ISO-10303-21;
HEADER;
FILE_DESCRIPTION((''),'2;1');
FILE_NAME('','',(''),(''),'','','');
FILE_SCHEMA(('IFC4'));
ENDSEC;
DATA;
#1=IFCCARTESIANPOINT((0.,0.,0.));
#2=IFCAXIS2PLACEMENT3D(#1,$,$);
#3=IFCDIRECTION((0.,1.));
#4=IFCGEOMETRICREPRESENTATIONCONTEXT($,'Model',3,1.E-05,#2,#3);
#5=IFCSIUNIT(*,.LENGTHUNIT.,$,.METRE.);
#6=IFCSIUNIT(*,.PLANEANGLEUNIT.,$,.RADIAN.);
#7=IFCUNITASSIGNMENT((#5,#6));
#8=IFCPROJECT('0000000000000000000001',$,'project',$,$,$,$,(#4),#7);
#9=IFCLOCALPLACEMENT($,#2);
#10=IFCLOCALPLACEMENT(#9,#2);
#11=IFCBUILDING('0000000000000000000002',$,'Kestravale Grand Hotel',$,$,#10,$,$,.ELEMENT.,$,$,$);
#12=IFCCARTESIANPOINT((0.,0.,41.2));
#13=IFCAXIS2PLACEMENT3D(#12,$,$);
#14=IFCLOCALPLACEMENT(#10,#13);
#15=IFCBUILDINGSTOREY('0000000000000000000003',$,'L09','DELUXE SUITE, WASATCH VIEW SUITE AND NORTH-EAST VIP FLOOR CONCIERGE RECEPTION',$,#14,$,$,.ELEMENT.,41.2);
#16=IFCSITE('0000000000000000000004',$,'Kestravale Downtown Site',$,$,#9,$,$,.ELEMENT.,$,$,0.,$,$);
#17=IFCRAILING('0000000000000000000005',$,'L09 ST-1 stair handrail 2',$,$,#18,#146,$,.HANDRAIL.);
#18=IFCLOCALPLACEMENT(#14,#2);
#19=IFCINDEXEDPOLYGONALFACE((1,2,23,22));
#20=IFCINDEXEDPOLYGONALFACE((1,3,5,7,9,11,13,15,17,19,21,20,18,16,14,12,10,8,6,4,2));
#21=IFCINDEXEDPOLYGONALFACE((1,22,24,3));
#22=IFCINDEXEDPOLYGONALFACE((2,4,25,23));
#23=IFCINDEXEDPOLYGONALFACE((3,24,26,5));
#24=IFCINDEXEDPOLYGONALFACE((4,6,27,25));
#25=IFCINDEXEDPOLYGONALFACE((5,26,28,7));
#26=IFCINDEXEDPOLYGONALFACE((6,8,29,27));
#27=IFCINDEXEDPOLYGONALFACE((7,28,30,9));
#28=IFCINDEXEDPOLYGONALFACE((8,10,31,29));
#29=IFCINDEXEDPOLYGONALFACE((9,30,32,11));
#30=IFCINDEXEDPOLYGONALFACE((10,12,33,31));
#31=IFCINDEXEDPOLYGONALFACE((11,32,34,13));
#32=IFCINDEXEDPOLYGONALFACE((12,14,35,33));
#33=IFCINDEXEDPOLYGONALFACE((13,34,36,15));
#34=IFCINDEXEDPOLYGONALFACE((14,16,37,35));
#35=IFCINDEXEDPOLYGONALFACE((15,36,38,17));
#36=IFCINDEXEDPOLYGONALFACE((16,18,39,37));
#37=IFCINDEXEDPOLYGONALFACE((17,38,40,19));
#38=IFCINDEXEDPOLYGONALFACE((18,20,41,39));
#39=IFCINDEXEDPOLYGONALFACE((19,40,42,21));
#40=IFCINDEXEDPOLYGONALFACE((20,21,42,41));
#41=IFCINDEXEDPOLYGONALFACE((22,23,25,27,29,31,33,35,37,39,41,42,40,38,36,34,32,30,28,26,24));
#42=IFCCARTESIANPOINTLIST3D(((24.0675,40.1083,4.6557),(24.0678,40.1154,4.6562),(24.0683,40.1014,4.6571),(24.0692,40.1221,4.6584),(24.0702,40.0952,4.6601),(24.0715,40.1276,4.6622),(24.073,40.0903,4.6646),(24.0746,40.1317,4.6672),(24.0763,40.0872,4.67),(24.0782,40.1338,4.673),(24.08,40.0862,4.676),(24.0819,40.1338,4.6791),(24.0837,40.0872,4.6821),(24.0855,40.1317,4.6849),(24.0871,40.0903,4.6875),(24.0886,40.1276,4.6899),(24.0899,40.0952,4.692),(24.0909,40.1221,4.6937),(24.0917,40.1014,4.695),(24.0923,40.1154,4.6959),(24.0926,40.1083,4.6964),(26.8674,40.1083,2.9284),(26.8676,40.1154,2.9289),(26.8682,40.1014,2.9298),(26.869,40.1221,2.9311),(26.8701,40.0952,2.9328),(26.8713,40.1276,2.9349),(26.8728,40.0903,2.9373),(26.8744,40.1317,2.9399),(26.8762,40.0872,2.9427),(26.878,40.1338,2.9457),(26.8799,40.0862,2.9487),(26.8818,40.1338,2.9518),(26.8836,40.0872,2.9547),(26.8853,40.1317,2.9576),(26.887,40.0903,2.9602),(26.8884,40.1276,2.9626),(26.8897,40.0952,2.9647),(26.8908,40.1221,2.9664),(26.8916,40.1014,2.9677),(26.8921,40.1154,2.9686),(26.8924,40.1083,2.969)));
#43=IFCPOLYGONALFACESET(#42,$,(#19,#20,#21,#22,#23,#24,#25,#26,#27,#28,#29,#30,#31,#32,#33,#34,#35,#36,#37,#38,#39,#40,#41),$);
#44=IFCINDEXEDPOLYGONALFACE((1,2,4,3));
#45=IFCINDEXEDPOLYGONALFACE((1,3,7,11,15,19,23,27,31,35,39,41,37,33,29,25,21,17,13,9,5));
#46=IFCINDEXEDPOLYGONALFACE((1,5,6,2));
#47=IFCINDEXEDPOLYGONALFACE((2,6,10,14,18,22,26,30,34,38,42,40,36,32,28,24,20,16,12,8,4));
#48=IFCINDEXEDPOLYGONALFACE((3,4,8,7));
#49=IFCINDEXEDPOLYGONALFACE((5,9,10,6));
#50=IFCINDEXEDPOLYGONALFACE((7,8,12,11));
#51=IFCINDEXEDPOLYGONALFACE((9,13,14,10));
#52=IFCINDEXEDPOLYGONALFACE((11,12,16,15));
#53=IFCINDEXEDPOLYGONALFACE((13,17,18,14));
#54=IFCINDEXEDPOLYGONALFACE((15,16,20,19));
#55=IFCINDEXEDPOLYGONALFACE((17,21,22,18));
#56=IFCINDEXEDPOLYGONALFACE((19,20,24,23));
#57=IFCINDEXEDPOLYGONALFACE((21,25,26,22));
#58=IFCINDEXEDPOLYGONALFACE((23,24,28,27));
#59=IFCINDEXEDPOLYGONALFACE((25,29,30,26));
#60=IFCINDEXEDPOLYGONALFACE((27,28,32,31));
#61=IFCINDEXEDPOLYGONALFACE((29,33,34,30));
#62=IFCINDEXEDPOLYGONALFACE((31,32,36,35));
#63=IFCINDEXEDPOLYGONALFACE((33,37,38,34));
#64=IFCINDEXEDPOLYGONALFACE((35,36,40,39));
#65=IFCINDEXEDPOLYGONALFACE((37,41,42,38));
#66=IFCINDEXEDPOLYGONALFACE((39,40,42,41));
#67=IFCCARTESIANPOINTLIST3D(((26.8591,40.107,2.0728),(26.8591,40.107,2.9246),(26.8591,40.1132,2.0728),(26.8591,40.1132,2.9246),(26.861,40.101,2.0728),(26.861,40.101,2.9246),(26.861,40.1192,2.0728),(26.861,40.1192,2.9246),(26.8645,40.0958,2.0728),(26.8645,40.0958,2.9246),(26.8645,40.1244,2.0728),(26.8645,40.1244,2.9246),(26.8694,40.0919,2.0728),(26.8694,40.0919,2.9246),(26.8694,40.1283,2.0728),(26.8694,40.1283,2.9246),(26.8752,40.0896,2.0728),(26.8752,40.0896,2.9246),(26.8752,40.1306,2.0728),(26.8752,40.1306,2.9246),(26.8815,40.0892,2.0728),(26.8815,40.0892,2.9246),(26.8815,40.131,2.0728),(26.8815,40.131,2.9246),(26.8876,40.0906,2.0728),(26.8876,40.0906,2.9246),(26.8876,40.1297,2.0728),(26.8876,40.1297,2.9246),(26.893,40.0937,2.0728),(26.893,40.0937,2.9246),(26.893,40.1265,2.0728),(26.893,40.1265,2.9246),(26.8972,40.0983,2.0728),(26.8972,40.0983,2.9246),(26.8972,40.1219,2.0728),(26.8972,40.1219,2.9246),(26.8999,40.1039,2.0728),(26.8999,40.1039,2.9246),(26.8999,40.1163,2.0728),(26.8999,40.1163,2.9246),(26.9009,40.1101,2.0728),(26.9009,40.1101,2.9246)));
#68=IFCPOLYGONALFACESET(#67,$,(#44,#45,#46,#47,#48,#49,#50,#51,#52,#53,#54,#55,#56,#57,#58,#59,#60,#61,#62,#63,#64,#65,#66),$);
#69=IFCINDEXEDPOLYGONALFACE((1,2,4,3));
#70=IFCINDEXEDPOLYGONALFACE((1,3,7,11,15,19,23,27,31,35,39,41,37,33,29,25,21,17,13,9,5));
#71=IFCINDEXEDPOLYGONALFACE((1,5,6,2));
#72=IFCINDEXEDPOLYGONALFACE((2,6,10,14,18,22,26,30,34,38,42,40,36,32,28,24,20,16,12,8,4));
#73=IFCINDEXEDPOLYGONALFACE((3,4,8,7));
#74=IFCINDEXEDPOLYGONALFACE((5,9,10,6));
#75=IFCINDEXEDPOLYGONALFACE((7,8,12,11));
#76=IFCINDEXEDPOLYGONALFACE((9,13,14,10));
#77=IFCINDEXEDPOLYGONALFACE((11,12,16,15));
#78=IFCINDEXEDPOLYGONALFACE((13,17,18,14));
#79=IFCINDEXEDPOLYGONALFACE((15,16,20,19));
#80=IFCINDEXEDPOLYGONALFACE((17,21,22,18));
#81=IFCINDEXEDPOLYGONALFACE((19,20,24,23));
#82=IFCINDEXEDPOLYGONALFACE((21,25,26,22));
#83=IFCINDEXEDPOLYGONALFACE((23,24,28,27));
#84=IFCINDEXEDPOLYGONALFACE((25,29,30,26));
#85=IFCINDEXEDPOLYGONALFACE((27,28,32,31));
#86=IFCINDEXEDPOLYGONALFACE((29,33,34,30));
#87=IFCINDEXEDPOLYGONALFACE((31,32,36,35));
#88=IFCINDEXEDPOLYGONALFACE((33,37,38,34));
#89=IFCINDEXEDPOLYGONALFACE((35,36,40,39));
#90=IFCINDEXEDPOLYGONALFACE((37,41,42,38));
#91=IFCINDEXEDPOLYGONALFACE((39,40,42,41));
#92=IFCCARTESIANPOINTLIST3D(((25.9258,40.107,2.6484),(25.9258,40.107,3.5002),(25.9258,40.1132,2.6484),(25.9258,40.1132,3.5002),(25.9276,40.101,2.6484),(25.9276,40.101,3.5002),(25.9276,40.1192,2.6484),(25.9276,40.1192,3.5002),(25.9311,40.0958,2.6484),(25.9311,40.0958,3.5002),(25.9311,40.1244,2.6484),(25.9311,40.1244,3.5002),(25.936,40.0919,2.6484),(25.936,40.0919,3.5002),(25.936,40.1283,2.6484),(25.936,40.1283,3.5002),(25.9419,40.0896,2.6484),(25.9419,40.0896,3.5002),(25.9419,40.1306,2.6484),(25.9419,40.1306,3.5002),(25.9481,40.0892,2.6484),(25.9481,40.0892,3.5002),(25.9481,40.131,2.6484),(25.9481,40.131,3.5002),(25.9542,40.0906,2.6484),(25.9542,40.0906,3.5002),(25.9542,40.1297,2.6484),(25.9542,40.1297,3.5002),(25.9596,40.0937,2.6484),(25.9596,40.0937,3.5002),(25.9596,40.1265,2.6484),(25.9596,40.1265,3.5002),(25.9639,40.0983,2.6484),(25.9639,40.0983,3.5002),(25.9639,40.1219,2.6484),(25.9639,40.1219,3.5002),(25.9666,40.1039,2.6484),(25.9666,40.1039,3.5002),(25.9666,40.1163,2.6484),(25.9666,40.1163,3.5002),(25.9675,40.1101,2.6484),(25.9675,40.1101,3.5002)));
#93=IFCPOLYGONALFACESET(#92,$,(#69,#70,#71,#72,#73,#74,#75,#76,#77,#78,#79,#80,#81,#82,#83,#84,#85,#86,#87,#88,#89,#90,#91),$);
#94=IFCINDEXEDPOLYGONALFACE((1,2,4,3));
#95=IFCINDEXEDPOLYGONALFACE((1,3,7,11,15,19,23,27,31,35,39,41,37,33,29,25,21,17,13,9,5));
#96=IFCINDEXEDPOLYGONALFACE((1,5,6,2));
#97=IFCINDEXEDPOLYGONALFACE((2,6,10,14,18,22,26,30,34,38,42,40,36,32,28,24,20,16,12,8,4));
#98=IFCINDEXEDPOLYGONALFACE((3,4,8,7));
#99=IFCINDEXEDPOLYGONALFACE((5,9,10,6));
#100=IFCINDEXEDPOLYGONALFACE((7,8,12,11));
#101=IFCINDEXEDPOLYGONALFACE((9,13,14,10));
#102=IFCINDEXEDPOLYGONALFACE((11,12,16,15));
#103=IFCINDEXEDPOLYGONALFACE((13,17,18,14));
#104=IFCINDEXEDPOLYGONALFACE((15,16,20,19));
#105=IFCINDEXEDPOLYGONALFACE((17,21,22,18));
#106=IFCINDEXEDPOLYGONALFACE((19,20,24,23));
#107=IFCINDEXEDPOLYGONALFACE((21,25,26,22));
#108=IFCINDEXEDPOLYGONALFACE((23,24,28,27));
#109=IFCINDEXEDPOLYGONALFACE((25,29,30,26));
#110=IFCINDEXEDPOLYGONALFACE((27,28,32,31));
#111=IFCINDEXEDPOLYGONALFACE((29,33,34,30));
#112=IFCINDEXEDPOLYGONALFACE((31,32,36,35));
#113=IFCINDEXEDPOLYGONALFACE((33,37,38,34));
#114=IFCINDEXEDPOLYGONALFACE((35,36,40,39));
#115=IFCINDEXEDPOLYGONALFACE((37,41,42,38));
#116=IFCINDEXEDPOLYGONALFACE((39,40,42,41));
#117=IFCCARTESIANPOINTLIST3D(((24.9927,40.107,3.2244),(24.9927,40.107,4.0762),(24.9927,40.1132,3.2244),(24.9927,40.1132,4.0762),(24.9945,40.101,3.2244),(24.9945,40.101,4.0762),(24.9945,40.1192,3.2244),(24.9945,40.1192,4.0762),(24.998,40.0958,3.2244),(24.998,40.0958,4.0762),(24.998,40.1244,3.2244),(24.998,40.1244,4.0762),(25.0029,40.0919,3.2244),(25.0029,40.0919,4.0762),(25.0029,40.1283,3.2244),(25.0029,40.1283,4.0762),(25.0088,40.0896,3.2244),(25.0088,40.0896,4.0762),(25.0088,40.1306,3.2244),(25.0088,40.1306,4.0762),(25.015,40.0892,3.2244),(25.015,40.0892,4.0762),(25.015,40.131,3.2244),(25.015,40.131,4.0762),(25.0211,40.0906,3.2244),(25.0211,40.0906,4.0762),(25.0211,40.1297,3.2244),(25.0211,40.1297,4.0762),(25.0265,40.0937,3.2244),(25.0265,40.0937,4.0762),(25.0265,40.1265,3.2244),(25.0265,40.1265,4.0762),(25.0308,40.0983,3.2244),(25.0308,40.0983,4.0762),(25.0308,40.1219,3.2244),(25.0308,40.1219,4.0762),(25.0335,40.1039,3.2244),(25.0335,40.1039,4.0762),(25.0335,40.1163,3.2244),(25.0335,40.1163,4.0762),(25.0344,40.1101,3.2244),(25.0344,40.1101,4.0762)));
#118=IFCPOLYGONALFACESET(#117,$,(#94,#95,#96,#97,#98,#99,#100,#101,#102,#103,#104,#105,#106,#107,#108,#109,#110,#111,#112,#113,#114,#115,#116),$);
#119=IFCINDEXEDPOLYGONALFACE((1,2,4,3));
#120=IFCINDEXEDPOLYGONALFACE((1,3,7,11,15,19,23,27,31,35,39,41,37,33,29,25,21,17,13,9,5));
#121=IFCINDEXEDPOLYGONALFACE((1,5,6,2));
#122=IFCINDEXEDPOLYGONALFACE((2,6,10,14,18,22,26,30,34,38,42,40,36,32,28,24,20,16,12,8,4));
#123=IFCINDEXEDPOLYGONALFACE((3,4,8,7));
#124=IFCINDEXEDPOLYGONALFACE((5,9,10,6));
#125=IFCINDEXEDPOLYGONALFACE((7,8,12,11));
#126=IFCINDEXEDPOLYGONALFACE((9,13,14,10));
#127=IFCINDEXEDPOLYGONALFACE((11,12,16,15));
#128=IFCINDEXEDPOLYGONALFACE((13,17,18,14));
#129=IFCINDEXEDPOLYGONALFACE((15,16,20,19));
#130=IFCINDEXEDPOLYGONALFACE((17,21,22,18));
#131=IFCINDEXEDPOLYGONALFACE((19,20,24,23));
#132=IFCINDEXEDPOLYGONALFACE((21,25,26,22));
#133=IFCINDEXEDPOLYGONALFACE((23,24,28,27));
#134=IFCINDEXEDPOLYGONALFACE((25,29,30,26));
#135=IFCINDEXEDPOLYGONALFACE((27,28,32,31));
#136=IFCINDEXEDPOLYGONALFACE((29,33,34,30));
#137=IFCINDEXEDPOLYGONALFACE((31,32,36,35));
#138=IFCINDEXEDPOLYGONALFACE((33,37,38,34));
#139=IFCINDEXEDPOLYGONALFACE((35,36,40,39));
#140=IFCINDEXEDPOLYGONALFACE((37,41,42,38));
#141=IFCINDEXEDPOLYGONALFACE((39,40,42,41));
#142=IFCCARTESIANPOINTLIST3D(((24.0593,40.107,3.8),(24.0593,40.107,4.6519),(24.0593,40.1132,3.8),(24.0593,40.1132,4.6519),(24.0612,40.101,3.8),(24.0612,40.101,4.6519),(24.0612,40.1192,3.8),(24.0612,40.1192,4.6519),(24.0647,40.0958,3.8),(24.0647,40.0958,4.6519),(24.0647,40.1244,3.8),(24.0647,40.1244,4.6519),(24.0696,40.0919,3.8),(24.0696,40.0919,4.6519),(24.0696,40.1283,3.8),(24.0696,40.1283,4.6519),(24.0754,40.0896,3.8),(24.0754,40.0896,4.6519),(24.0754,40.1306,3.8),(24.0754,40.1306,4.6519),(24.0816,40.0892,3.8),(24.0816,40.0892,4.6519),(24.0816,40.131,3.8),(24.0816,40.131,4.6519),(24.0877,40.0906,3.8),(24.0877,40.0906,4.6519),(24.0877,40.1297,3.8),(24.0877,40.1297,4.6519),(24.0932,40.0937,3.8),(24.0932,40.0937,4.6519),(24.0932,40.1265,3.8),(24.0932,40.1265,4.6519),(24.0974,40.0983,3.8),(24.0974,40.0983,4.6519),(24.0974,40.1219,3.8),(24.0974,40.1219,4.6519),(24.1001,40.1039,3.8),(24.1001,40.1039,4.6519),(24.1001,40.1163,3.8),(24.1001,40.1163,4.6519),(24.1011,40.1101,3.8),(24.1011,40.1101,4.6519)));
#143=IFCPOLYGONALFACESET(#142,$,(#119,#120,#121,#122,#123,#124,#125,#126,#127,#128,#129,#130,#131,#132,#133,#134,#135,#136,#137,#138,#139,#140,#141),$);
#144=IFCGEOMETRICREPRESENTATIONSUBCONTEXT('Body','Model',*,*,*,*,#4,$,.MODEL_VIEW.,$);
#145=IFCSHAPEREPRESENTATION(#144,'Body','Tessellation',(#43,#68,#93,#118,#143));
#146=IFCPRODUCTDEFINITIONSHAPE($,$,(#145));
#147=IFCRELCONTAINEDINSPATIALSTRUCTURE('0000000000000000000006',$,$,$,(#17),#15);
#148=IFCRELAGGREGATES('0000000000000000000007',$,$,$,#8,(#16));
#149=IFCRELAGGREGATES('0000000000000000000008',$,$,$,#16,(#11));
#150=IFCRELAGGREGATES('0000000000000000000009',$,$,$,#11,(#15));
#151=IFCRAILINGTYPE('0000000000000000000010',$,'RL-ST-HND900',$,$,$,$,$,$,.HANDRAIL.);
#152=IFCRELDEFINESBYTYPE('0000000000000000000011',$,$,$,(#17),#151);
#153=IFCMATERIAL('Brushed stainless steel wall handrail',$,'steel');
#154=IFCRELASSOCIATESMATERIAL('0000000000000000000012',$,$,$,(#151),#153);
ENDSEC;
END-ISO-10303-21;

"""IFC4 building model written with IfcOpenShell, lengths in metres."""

from ifc_helpers import new_model, si_unit, direction, frame, origin, origin_2d, place, context, subcontext, project, spatial, circle, extrude, material, type_object, element, save


model = new_model("IFC4")

# Units and contexts
model_context = context("Model", 3, precision=1e-05, world=origin(), true_north=direction((0.0, 1.0)))
body_context = subcontext(model_context, "Body", "Model", "MODEL_VIEW")
ifc_project = project(units=[si_unit("LENGTHUNIT", "METRE"), si_unit("PLANEANGLEUNIT", "RADIAN")], contexts=[model_context])

# Site, building, storey
site_placement = place(None, origin())
site = spatial("IfcSite", under=ifc_project, at=site_placement, Name="Kestravale Downtown Site", CompositionType="ELEMENT", RefElevation=0.0)
building_placement = place(site_placement, origin())
building = spatial("IfcBuilding", under=site, at=building_placement, Name="Kestravale Grand Hotel", CompositionType="ELEMENT")
storey_placement = place(building_placement, frame((0.0, 0.0, 41.2)))
storey = spatial("IfcBuildingStorey", under=building, at=storey_placement, Name="L09", Description="DELUXE SUITE, WASATCH VIEW SUITE AND NORTH-EAST VIP FLOOR CONCIERGE RECEPTION", CompositionType="ELEMENT", Elevation=41.2)

# Railing
ifc_material_1 = material(Name="Brushed stainless steel wall handrail", Category="steel")
railing_type_1 = type_object("IfcRailingType", Name="RL-ST-HND900", PredefinedType="HANDRAIL", material=ifc_material_1)
railing_1_placement = place(storey_placement, frame((26.8799, 40.1101, 2.0728)))
element("IfcRailing", 1, at=railing_1_placement, inside=storey, type_object=railing_type_1, Name="L09 ST-1 stair handrail 2", PredefinedType="HANDRAIL", context=body_context, shape_type="SweptSolid", body=[
    extrude(circle(Radius=0.0239, at=origin_2d()), frame((0.0, 0.0, 0.876), z_axis=(-0.851069, 0.0, 0.525054), x_axis=(0.0, -1.0, 0.0)), (0.0, 0.0, 1.0), 3.2898),
    extrude(circle(Radius=0.021, at=origin_2d()), origin(), (0.0, 0.0, 1.0), 0.8518),
    extrude(circle(Radius=0.021, at=origin_2d()), frame((-0.9333, 0.0, 0.5757)), (0.0, 0.0, 1.0), 0.8518),
    extrude(circle(Radius=0.021, at=origin_2d()), frame((-1.8665, 0.0, 1.1516)), (0.0, 0.0, 1.0), 0.8518),
    extrude(circle(Radius=0.021, at=origin_2d()), frame((-2.7998, 0.0, 1.7273)), (0.0, 0.0, 1.0), 0.8518),
])

save(model, "model.ifc")
